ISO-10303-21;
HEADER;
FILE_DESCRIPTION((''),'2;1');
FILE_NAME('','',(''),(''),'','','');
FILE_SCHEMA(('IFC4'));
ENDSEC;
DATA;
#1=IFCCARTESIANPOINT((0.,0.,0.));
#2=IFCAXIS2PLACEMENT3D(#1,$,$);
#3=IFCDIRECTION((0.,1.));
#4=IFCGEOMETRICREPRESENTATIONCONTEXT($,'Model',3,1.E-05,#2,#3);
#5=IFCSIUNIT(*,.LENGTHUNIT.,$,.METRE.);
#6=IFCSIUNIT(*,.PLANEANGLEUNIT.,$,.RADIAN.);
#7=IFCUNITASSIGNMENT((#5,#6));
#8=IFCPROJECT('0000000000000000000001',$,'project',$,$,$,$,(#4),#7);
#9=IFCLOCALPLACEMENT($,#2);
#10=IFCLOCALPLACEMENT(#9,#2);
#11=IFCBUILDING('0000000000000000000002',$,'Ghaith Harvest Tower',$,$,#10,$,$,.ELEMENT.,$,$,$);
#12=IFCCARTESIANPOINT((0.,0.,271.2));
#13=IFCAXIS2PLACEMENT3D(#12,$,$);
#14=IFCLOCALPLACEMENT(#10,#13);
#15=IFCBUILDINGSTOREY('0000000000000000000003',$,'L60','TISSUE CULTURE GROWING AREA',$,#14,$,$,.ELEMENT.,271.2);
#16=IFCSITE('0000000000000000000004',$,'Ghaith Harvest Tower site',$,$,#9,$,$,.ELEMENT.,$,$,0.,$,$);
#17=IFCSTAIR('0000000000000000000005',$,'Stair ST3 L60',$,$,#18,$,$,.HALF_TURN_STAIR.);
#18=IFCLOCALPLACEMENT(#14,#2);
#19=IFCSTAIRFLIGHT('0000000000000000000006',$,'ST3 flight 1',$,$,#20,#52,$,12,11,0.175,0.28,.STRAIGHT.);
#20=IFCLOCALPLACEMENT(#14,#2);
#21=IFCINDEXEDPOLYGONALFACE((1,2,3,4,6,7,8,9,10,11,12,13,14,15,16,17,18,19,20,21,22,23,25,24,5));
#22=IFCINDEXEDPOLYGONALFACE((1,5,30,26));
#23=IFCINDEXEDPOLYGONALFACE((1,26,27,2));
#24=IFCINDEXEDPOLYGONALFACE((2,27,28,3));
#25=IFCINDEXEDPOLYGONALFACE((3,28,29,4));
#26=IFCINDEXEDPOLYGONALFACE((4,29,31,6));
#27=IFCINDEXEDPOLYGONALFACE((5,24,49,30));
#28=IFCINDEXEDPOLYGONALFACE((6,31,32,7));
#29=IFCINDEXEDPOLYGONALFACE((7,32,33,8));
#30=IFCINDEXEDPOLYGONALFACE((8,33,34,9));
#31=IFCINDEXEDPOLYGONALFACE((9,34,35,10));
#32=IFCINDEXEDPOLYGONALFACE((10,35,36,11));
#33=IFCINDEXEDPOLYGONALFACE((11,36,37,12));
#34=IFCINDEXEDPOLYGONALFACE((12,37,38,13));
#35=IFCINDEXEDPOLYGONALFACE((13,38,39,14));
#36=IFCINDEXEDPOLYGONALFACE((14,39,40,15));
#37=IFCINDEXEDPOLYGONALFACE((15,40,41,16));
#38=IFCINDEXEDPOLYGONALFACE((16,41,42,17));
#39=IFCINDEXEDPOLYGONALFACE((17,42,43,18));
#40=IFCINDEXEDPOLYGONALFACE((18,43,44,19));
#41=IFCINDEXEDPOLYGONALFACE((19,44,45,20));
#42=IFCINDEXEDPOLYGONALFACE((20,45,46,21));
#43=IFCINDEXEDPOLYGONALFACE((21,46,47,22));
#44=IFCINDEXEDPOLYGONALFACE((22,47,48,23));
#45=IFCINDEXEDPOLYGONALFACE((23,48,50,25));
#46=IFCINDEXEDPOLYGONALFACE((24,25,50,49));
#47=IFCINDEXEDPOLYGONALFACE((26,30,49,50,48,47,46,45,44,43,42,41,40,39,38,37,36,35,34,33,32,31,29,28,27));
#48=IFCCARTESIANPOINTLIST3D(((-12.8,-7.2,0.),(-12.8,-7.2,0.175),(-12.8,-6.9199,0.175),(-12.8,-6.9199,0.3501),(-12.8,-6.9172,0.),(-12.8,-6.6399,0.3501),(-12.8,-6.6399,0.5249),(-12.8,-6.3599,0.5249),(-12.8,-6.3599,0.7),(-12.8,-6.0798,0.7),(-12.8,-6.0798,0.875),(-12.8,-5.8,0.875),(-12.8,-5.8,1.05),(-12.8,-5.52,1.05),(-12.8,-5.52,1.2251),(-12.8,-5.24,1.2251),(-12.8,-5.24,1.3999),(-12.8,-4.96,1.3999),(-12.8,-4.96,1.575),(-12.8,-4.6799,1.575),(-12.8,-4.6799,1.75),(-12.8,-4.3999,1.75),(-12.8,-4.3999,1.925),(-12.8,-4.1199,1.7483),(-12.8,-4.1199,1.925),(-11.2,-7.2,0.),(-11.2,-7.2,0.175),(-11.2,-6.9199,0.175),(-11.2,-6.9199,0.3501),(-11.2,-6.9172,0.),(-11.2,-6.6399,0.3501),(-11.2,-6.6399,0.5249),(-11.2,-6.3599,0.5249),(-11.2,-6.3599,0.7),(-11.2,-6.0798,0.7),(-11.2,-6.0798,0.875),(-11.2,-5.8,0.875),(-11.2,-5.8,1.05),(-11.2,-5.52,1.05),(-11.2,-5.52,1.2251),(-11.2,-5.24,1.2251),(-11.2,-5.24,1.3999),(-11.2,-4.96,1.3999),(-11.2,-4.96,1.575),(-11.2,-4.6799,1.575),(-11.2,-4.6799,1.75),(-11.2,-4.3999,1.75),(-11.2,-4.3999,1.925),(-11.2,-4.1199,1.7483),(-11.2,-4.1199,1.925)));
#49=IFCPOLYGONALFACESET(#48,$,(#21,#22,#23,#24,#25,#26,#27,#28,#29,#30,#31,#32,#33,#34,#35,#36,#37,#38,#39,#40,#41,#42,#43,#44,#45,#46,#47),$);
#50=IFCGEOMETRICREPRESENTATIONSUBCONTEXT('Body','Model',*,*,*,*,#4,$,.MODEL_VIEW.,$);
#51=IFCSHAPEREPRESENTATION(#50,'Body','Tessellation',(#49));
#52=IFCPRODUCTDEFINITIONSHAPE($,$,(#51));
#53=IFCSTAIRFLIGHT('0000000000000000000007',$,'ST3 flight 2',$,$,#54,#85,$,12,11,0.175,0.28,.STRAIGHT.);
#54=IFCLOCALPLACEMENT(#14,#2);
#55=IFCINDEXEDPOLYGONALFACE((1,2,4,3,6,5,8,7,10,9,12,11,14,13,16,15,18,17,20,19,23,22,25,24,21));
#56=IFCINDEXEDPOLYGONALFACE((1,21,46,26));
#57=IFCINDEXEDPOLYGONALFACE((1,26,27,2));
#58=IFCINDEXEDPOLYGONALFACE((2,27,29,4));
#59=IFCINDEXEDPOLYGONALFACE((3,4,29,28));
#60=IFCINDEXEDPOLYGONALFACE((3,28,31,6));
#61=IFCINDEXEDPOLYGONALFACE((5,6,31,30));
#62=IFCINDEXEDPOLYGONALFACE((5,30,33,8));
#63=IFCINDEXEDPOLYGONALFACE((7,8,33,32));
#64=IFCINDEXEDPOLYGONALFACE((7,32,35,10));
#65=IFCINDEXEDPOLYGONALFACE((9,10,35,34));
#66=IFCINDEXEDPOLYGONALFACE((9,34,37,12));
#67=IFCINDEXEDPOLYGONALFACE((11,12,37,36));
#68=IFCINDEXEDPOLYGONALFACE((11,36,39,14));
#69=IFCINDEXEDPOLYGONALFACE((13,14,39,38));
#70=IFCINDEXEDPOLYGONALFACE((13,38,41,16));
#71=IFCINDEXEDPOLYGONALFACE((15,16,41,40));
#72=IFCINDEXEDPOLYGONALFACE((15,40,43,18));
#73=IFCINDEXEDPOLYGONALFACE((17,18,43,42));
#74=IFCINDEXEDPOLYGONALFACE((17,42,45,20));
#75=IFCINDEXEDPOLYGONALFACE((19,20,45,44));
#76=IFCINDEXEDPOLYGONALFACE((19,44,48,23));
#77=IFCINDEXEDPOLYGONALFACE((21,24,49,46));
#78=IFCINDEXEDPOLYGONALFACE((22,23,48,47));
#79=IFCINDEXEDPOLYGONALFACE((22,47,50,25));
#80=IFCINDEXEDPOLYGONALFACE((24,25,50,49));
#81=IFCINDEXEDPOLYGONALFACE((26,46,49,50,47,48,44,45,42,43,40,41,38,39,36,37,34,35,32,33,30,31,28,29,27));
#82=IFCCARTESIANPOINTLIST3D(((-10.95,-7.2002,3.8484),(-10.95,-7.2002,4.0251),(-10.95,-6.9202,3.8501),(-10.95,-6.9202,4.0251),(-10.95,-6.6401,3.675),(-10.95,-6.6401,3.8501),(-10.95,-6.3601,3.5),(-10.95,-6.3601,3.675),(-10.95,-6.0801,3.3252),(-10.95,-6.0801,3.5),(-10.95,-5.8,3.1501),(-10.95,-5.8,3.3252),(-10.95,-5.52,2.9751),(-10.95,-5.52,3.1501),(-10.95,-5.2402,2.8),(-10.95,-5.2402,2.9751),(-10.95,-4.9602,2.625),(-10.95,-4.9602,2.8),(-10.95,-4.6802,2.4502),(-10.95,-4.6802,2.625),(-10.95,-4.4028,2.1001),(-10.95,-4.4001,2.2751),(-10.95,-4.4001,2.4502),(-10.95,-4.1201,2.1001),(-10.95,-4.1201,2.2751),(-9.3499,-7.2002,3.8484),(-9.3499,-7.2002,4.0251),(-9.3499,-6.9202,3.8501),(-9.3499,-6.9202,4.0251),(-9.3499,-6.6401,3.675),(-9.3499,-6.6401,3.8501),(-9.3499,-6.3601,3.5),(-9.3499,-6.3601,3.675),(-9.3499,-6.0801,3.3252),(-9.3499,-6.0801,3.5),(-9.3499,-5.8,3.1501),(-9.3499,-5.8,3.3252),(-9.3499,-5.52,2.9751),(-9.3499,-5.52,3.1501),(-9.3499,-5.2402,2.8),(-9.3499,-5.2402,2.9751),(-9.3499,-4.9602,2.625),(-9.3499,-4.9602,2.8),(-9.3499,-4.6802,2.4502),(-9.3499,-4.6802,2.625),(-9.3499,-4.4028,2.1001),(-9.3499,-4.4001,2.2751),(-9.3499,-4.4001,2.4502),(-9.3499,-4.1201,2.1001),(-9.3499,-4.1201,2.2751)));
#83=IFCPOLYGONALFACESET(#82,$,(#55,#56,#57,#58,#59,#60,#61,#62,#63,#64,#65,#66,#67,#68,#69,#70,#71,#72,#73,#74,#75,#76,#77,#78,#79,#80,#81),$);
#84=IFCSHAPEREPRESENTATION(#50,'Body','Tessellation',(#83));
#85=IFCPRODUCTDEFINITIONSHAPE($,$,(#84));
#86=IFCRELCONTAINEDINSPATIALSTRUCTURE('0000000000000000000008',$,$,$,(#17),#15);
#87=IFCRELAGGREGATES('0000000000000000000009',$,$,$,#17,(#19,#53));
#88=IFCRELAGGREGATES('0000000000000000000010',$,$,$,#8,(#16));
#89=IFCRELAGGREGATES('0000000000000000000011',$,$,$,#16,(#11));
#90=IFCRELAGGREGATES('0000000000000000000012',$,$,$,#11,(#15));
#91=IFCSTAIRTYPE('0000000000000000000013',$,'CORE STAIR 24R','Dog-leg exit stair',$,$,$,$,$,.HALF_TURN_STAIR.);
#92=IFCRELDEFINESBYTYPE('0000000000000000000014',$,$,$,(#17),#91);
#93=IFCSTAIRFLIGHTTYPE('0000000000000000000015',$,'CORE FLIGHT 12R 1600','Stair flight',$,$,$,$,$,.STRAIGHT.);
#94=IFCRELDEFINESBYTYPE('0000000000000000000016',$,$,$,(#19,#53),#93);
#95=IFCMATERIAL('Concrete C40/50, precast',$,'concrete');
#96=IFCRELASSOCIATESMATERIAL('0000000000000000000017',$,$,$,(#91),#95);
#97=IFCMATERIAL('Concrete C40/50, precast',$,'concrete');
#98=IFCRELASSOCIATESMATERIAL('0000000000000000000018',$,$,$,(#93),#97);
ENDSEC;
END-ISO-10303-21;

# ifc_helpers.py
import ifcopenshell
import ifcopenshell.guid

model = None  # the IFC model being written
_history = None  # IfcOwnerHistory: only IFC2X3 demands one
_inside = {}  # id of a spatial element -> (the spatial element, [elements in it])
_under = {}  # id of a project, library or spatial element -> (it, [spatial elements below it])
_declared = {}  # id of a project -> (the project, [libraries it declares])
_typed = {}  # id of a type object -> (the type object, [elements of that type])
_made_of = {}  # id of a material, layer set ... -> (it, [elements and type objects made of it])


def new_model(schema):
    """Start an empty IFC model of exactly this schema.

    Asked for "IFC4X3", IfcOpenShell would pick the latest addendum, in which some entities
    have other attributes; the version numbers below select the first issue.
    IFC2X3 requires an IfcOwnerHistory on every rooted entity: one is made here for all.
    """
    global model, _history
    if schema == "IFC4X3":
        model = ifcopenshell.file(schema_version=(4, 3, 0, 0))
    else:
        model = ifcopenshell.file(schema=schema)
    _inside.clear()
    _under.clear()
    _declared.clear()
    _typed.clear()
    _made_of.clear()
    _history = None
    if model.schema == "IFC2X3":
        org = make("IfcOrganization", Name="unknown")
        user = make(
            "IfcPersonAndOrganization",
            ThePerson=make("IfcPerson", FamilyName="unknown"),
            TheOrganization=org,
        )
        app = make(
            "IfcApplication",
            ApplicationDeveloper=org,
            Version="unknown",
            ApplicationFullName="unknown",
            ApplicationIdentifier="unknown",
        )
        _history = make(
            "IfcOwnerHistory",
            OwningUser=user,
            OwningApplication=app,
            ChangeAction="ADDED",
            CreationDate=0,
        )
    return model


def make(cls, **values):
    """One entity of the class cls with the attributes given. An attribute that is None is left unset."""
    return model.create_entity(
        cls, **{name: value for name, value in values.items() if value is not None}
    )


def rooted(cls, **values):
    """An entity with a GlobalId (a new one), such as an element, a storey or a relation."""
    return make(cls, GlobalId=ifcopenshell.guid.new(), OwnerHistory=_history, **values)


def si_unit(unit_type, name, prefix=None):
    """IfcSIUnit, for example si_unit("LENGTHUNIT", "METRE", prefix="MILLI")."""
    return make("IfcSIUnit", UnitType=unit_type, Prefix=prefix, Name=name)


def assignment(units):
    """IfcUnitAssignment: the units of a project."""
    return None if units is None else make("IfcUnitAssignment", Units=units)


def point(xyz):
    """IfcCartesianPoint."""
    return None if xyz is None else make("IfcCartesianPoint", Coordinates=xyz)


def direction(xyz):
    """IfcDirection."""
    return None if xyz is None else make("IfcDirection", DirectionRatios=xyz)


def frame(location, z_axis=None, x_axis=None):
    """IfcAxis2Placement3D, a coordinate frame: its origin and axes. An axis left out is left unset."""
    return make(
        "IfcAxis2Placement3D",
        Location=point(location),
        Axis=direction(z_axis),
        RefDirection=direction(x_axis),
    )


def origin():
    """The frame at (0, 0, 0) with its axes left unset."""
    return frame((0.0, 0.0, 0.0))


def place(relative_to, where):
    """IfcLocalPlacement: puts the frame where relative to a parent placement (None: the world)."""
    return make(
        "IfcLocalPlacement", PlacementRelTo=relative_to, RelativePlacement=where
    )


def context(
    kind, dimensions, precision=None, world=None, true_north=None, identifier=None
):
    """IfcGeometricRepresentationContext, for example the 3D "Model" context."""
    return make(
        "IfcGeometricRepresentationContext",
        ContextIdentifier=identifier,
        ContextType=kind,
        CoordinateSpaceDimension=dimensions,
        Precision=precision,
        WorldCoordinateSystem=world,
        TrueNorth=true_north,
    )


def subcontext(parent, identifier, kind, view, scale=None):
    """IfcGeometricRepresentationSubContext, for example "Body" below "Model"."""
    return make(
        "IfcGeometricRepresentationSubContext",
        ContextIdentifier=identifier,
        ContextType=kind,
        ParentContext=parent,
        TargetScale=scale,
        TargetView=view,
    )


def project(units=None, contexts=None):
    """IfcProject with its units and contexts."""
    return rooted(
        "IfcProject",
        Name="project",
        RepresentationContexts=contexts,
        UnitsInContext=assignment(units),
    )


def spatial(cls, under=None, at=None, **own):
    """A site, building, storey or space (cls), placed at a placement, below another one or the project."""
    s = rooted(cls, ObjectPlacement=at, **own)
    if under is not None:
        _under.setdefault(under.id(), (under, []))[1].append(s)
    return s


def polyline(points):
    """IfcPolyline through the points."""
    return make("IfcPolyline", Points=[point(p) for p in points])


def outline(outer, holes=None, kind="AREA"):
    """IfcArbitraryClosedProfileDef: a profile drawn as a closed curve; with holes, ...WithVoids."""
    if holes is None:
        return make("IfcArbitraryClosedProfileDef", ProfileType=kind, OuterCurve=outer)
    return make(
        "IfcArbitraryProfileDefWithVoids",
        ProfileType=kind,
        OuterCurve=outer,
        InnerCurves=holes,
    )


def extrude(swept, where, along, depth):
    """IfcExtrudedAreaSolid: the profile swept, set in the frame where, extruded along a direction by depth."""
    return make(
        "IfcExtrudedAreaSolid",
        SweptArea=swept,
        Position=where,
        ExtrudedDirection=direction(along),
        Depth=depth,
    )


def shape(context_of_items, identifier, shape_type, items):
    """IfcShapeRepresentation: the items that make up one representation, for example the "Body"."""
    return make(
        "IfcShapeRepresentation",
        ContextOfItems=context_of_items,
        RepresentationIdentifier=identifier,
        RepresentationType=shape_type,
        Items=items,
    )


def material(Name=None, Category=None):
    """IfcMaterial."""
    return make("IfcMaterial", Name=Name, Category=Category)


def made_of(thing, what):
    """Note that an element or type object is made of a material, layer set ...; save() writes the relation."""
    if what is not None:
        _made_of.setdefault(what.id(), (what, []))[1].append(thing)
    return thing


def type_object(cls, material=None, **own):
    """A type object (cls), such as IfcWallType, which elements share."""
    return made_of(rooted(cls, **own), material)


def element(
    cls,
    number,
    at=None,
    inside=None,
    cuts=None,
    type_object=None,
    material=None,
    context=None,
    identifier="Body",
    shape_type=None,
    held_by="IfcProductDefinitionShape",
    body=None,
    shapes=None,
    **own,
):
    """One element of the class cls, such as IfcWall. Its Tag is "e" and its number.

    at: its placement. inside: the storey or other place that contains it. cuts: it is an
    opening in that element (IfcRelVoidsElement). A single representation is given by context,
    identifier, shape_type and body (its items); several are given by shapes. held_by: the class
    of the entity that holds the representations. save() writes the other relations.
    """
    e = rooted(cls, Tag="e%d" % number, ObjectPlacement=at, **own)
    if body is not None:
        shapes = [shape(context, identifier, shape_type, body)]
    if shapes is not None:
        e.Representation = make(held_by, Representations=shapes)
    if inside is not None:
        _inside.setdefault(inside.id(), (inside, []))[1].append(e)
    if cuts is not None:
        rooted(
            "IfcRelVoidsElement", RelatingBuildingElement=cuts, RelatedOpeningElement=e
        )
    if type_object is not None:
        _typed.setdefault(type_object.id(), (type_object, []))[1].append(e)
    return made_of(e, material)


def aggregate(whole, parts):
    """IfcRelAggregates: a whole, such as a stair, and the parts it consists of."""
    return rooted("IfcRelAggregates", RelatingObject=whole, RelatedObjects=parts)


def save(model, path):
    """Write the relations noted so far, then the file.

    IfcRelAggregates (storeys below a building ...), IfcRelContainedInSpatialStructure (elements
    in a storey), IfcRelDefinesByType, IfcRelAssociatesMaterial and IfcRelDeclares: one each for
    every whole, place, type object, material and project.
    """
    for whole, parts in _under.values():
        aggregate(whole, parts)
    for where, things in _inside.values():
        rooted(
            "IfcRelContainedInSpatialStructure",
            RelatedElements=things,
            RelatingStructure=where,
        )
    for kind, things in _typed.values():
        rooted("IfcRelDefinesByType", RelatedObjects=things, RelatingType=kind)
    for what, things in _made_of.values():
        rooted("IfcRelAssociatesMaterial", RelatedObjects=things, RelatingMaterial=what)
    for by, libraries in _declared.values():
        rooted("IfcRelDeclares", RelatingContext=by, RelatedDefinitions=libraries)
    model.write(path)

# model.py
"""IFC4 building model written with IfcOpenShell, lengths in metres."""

from ifc_helpers import new_model, si_unit, direction, frame, origin, place, context, subcontext, project, spatial, polyline, outline, extrude, material, type_object, element, aggregate, save


model = new_model("IFC4")

# Units and contexts
model_context = context("Model", 3, precision=1e-05, world=origin(), true_north=direction((0.0, 1.0)))
body_context = subcontext(model_context, "Body", "Model", "MODEL_VIEW")
ifc_project = project(units=[si_unit("LENGTHUNIT", "METRE"), si_unit("PLANEANGLEUNIT", "RADIAN")], contexts=[model_context])

# Site, building, storey
site_placement = place(None, origin())
site = spatial("IfcSite", under=ifc_project, at=site_placement, Name="Ghaith Harvest Tower site", CompositionType="ELEMENT", RefElevation=0.0)
building_placement = place(site_placement, origin())
building = spatial("IfcBuilding", under=site, at=building_placement, Name="Ghaith Harvest Tower", CompositionType="ELEMENT")
storey_placement = place(building_placement, frame((0.0, 0.0, 271.2)))
storey = spatial("IfcBuildingStorey", under=building, at=storey_placement, Name="L60", Description="TISSUE CULTURE GROWING AREA", CompositionType="ELEMENT", Elevation=271.2)

# Stair, stair flights
ifc_material_1 = material(Name="Concrete C40/50, precast", Category="concrete")
stair_type = type_object("IfcStairType", Name="CORE STAIR 24R", Description="Dog-leg exit stair", PredefinedType="HALF_TURN_STAIR", material=ifc_material_1)
stair_placement = place(storey_placement, origin())
stair = element("IfcStair", 1, at=stair_placement, inside=storey, type_object=stair_type, Name="Stair ST3 L60", PredefinedType="HALF_TURN_STAIR")
ifc_material_2 = material(Name="Concrete C40/50, precast", Category="concrete")
stair_flight_type = type_object("IfcStairFlightType", Name="CORE FLIGHT 12R 1600", Description="Stair flight", PredefinedType="STRAIGHT", material=ifc_material_2)
stair_flight_1_placement = place(storey_placement, frame((-12.0, -7.2, 0.0), z_axis=(0.0, 0.0, 1.0), x_axis=(0.0, 1.0, 0.0)))
stair_flight_1 = element("IfcStairFlight", 2, at=stair_flight_1_placement, type_object=stair_flight_type, Name="ST3 flight 1", NumberOfRisers=12, NumberOfTreads=11, PredefinedType="STRAIGHT", RiserHeight=0.175, TreadLength=0.28, context=body_context, shape_type="SweptSolid", body=[
    extrude(outline(polyline([(0.0, 0.0), (0.0, 0.175), (0.28, 0.175), (0.28, 0.3501), (0.5601, 0.3501), (0.5601, 0.5249), (0.8401, 0.5249), (0.8401, 0.7), (1.1201, 0.7), (1.1201, 0.875), (1.3999, 0.875), (1.3999, 1.05), (1.6799, 1.05), (1.6799, 1.2251), (1.96, 1.2251), (1.96, 1.3999), (2.24, 1.3999), (2.24, 1.575), (2.52, 1.575), (2.52, 1.75), (2.8, 1.75), (2.8, 1.925), (3.0801, 1.925), (3.0801, 2.1001), (3.0801, 1.7483), (0.2827, 0.0), (0.0, 0.0)])), frame((0.0, 0.8, 0.0), z_axis=(0.0, -1.0, 0.0), x_axis=(1.0, 0.0, 0.0)), (0.0, 0.0, 1.0), 1.6001),
])
stair_flight_2_placement = place(storey_placement, frame((-10.1499, -4.1201, 2.1001), z_axis=(0.0, 0.0, 1.0), x_axis=(0.0, -1.0, 0.0)))
stair_flight_2 = element("IfcStairFlight", 3, at=stair_flight_2_placement, type_object=stair_flight_type, Name="ST3 flight 2", NumberOfRisers=12, NumberOfTreads=11, PredefinedType="STRAIGHT", RiserHeight=0.175, TreadLength=0.28, context=body_context, shape_type="SweptSolid", body=[
    extrude(outline(polyline([(0.0, 0.0), (0.0, 0.175), (0.28, 0.175), (0.28, 0.3501), (0.5601, 0.3501), (0.5601, 0.5249), (0.8401, 0.5249), (0.8401, 0.7), (1.1201, 0.7), (1.1201, 0.875), (1.3999, 0.875), (1.3999, 1.05), (1.6799, 1.05), (1.6799, 1.2251), (1.96, 1.2251), (1.96, 1.3999), (2.24, 1.3999), (2.24, 1.575), (2.52, 1.575), (2.52, 1.75), (2.8, 1.75), (2.8, 1.925), (3.0801, 1.925), (3.0801, 2.1001), (3.0801, 1.7483), (0.2827, 0.0), (0.0, 0.0)])), frame((0.0, 0.8, 0.0), z_axis=(0.0, -1.0, 0.0), x_axis=(1.0, 0.0, 0.0)), (0.0, 0.0, 1.0), 1.6001),
])
aggregate(stair, [stair_flight_1, stair_flight_2])

save(model, "model.ifc")
